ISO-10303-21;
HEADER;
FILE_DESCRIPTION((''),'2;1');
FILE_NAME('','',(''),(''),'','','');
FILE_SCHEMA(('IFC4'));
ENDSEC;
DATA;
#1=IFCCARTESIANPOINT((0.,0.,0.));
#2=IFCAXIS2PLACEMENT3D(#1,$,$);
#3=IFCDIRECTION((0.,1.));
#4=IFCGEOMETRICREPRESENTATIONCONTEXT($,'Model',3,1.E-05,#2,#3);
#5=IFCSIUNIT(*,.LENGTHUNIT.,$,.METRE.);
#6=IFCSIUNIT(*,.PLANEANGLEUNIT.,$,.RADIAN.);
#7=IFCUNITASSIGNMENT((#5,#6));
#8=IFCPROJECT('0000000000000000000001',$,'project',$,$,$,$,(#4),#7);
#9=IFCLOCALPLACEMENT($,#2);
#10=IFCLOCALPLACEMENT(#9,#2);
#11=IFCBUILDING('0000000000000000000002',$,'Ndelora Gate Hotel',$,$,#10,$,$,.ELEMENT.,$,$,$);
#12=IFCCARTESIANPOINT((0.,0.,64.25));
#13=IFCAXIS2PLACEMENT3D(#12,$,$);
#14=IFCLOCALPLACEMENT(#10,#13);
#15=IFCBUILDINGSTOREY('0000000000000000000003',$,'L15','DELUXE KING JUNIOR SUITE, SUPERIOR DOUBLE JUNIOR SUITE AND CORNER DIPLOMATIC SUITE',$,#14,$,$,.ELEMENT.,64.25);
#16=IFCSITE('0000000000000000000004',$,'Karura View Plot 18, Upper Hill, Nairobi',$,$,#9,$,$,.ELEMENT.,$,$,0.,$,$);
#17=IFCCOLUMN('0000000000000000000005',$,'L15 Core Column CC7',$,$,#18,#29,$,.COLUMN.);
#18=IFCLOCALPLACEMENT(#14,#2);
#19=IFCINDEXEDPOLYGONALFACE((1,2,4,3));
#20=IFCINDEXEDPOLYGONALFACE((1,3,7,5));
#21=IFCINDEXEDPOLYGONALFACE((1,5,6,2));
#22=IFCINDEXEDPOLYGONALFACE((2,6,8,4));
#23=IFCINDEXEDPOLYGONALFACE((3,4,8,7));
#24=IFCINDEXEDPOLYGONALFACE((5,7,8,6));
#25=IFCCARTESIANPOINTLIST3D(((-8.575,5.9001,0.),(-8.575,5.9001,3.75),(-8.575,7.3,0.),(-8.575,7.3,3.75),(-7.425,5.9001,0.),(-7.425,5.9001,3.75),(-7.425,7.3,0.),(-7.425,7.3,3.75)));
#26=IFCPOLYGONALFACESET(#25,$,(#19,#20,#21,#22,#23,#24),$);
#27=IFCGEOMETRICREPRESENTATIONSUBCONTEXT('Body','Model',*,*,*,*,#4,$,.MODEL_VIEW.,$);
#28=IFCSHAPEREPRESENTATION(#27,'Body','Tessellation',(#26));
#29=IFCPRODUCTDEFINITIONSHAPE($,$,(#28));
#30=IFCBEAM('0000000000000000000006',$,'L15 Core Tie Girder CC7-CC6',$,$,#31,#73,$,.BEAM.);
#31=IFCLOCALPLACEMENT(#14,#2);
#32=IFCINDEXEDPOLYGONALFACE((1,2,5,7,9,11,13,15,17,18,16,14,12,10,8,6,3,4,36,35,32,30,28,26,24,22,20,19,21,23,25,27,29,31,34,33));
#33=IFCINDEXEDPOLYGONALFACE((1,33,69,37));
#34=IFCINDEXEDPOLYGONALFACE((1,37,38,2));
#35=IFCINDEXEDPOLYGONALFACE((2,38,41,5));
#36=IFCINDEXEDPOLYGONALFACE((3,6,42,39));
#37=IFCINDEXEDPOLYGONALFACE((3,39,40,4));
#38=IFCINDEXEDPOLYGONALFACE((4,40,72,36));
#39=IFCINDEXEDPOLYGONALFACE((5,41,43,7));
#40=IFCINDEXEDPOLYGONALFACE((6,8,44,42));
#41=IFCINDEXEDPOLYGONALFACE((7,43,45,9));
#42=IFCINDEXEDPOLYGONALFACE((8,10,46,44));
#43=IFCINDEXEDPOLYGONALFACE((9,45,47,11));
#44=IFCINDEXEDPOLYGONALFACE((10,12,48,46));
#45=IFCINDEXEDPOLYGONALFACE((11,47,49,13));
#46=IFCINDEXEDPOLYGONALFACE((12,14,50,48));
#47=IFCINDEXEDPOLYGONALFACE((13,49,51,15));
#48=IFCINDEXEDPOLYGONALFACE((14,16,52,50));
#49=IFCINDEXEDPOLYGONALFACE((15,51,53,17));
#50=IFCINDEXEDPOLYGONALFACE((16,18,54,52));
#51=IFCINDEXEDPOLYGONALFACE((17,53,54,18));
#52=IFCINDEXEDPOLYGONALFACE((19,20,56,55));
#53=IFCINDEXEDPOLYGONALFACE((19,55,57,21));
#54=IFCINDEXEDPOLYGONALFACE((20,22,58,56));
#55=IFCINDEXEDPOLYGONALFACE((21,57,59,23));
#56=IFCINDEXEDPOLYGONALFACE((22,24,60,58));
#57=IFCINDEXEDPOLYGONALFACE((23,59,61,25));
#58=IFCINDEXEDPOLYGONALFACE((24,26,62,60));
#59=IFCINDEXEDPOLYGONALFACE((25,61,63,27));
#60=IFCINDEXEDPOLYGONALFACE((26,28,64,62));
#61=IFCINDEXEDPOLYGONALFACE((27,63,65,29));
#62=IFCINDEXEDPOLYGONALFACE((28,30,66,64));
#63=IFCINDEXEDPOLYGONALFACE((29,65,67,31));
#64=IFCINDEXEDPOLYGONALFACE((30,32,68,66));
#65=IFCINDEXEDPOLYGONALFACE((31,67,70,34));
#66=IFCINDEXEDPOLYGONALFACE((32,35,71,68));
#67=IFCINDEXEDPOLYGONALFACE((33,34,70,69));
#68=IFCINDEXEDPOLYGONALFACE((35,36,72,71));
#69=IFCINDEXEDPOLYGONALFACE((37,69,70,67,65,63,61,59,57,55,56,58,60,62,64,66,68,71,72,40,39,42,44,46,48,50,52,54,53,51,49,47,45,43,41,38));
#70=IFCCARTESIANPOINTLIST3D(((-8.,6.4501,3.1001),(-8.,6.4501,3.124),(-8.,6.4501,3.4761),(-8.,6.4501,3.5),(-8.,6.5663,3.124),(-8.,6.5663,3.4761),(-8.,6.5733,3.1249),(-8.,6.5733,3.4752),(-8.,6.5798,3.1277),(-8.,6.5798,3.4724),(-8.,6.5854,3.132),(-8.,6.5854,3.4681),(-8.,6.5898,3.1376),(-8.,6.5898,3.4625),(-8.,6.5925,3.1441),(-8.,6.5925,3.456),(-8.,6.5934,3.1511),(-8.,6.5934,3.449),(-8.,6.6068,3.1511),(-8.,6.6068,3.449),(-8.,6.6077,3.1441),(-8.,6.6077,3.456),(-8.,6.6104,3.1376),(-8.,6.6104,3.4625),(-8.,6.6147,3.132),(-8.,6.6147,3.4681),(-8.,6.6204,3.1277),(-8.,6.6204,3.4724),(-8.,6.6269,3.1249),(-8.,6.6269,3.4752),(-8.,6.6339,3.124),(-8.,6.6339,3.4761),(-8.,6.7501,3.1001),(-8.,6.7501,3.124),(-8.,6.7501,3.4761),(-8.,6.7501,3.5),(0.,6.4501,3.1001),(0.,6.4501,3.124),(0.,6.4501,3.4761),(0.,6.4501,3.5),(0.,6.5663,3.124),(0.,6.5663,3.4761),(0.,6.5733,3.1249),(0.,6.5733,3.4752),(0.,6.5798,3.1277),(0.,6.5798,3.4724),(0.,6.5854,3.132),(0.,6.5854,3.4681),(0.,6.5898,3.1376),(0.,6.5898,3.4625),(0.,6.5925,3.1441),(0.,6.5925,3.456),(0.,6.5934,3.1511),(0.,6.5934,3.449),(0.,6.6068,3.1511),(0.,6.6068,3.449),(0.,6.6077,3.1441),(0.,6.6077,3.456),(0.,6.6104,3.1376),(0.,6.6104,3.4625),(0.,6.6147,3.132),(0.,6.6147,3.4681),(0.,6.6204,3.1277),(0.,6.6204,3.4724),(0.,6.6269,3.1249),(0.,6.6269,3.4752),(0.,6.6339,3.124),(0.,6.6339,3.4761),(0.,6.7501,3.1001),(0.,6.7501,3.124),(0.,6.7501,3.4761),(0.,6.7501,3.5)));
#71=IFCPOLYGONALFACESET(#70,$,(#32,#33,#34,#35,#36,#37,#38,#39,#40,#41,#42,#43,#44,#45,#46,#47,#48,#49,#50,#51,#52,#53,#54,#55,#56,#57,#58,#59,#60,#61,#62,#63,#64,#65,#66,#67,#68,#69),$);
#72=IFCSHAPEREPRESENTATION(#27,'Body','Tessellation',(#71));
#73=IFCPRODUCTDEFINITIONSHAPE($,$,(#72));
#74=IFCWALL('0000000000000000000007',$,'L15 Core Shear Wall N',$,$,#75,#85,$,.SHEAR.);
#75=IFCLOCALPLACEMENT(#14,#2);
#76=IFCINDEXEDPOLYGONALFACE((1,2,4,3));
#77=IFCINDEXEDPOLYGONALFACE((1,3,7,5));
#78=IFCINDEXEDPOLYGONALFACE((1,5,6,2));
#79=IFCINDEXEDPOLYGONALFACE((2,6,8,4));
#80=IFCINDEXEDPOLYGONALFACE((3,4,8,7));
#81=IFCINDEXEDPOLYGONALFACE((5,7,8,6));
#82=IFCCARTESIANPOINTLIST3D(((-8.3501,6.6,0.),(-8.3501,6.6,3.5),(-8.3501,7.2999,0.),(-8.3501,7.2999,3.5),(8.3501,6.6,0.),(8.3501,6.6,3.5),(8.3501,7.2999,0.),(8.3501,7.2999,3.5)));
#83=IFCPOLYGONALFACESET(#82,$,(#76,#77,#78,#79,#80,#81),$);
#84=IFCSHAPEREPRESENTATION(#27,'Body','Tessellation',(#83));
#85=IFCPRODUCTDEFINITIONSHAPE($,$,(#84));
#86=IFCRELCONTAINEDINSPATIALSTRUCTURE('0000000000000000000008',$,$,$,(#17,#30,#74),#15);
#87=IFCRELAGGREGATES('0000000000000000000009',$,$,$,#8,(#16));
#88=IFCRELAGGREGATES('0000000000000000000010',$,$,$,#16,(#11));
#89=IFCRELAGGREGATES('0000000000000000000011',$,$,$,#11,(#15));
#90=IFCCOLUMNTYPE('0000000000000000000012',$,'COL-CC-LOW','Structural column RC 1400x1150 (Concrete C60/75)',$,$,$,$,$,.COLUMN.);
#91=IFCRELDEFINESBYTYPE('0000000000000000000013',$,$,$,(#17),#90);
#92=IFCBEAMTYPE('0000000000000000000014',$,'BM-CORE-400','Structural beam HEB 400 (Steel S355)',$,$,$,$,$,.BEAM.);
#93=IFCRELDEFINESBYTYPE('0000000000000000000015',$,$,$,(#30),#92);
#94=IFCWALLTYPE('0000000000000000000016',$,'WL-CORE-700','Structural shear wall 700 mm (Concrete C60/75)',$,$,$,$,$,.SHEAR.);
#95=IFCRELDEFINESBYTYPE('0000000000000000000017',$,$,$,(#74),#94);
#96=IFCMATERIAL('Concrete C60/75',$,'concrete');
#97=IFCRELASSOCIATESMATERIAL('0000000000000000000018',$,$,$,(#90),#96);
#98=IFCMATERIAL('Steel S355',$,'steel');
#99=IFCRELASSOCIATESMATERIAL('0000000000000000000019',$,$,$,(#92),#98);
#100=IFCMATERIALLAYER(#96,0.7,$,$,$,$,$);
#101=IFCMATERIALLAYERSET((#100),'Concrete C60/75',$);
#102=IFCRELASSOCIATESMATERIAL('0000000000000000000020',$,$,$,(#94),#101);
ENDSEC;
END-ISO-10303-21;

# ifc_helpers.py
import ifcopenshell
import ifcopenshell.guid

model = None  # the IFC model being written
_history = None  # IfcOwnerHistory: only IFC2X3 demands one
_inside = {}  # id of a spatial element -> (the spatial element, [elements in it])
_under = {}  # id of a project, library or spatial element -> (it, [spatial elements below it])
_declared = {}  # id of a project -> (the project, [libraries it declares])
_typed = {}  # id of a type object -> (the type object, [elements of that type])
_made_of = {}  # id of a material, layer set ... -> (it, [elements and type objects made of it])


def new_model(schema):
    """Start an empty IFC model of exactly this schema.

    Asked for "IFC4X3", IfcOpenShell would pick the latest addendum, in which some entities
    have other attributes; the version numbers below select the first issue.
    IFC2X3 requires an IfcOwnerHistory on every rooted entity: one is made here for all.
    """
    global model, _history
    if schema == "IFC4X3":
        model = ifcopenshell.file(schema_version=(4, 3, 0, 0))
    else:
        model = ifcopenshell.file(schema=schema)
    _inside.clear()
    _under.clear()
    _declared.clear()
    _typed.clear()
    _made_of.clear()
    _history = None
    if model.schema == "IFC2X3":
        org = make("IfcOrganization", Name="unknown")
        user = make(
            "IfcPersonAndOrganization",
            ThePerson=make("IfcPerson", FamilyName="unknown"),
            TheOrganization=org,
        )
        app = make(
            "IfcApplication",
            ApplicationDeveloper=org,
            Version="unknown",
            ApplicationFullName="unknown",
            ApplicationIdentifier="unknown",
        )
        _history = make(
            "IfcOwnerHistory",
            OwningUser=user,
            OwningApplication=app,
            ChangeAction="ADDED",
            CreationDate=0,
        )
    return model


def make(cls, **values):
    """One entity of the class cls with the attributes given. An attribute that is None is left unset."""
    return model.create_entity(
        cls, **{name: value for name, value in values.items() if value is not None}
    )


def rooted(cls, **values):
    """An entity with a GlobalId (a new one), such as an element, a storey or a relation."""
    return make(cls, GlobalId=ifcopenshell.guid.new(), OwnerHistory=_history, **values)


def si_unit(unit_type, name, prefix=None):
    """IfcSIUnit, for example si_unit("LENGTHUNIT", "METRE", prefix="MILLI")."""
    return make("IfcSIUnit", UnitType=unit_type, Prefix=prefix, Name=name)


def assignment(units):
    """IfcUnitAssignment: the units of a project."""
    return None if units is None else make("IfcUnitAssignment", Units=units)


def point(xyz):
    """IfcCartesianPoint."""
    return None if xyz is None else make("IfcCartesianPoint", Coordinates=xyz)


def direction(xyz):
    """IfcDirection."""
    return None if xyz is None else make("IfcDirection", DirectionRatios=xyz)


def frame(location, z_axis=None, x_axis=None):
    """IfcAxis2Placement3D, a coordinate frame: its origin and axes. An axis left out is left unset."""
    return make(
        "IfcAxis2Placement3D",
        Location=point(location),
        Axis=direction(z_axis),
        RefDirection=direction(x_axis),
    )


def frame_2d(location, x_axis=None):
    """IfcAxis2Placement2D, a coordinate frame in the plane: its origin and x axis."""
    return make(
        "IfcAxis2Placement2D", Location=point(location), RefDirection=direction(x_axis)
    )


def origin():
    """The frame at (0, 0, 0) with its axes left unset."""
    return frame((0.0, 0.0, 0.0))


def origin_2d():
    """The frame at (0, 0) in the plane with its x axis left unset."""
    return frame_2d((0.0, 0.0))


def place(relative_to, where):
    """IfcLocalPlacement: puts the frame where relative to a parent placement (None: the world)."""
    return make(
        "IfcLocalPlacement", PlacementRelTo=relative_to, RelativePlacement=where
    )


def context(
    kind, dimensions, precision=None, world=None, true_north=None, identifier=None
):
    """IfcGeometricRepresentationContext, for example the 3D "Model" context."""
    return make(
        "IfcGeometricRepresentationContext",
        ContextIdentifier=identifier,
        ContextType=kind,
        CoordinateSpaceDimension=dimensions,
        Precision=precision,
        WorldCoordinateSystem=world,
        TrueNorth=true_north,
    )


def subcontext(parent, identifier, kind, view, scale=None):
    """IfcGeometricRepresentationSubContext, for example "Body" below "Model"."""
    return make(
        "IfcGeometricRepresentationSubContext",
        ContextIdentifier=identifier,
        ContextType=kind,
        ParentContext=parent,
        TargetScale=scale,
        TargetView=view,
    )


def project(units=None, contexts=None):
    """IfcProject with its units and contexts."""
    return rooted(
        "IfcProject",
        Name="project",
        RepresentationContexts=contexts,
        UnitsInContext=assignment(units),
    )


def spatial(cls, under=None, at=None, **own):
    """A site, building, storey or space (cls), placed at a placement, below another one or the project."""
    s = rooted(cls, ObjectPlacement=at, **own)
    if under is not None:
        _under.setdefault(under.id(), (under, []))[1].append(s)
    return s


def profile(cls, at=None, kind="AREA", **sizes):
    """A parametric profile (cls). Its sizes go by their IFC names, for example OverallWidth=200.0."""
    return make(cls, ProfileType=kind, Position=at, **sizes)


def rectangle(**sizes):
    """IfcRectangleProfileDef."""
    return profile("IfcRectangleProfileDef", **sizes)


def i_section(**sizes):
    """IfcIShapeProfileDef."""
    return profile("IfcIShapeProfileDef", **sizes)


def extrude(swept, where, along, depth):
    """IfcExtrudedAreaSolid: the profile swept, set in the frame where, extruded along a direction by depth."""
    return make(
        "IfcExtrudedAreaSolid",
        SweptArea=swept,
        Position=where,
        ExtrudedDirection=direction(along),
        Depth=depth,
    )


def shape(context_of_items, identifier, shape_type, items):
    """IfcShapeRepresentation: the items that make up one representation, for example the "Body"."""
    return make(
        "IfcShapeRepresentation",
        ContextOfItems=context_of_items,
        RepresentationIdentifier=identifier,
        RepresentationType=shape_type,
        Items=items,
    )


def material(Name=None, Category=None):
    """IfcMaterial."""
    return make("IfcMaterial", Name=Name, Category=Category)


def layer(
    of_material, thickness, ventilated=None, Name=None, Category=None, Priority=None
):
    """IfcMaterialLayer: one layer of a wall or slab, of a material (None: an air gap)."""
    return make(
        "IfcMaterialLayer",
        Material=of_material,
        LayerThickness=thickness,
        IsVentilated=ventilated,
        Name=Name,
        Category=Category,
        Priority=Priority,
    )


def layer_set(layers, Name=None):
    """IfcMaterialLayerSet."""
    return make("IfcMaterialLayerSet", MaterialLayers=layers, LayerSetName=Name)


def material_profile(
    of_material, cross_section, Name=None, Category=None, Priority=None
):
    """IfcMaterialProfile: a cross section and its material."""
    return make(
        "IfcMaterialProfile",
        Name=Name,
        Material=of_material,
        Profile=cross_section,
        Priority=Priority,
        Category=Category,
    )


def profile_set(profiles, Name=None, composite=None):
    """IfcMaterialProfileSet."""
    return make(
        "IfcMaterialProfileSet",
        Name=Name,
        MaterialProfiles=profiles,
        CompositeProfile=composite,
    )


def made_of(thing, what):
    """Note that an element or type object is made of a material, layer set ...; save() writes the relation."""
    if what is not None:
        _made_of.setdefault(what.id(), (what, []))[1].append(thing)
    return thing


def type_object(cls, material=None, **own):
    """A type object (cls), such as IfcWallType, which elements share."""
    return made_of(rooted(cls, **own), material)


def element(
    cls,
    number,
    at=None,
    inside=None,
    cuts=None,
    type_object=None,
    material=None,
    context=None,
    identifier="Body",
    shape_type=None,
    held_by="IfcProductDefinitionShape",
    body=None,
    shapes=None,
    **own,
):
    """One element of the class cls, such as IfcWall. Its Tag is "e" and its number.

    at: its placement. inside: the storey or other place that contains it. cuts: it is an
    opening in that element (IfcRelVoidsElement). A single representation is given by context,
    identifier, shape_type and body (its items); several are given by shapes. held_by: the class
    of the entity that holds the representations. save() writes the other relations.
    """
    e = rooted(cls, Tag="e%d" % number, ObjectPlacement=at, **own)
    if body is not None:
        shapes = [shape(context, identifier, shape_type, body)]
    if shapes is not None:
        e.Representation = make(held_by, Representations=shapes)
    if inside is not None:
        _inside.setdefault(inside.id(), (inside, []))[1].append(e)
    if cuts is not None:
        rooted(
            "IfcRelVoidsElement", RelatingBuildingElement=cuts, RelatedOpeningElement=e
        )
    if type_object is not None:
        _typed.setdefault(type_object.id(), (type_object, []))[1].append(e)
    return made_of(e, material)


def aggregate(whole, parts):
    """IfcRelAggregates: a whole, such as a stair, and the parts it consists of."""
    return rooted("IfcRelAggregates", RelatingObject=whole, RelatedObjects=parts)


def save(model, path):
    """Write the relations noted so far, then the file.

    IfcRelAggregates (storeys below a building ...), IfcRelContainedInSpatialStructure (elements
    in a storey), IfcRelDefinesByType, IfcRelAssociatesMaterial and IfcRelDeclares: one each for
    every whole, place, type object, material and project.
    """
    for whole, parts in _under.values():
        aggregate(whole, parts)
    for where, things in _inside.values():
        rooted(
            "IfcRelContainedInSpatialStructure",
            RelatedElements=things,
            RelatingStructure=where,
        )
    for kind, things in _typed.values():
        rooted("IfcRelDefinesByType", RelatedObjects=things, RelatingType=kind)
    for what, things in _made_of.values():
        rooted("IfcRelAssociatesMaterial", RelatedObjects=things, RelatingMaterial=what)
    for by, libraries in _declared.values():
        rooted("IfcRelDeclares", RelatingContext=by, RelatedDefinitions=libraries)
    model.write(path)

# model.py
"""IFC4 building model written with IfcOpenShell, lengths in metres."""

from ifc_helpers import new_model, si_unit, direction, frame, frame_2d, origin, origin_2d, place, context, subcontext, project, spatial, rectangle, i_section, extrude, material, layer, layer_set, material_profile, profile_set, type_object, element, save


model = new_model("IFC4")

# Units and contexts
model_context = context("Model", 3, precision=1e-05, world=origin(), true_north=direction((0.0, 1.0)))
body_context = subcontext(model_context, "Body", "Model", "MODEL_VIEW")
ifc_project = project(units=[si_unit("LENGTHUNIT", "METRE"), si_unit("PLANEANGLEUNIT", "RADIAN")], contexts=[model_context])

# Site, building, storey
site_placement = place(None, origin())
site = spatial("IfcSite", under=ifc_project, at=site_placement, Name="Karura View Plot 18, Upper Hill, Nairobi", CompositionType="ELEMENT", RefElevation=0.0)
building_placement = place(site_placement, origin())
building = spatial("IfcBuilding", under=site, at=building_placement, Name="Ndelora Gate Hotel", CompositionType="ELEMENT")
storey_placement = place(building_placement, frame((0.0, 0.0, 64.25)))
storey = spatial("IfcBuildingStorey", under=building, at=storey_placement, Name="L15", Description="DELUXE KING JUNIOR SUITE, SUPERIOR DOUBLE JUNIOR SUITE AND CORNER DIPLOMATIC SUITE", CompositionType="ELEMENT", Elevation=64.25)

# Column
ifc_material_1 = material(Name="Concrete C60/75", Category="concrete")
ifc_material_profile_1 = material_profile(ifc_material_1, rectangle(XDim=1.1499, YDim=1.3999, at=origin_2d()), Name="RC 1400x1150")
ifc_profile_set_1 = profile_set([ifc_material_profile_1], Name="Concrete C60/75")
column_type = type_object("IfcColumnType", Name="COL-CC-LOW", Description="Structural column RC 1400x1150 (Concrete C60/75)", PredefinedType="COLUMN", material=ifc_profile_set_1)
column_placement = place(storey_placement, frame((-8.0, 6.6001, 0.0), z_axis=(0.0, 0.0, 1.0), x_axis=(1.0, 0.0, 0.0)))
element("IfcColumn", 1, at=column_placement, inside=storey, type_object=column_type, Name="L15 Core Column CC7", PredefinedType="COLUMN", context=body_context, shape_type="SweptSolid", body=[
    extrude(rectangle(XDim=1.1499, YDim=1.3999, at=origin_2d()), origin(), (0.0, 0.0, 1.0), 3.75),
])

# Beam
ifc_material_2 = material(Name="Steel S355", Category="steel")
ifc_material_profile_2 = material_profile(ifc_material_2, i_section(OverallWidth=0.3, OverallDepth=0.3999, WebThickness=0.0134, FlangeThickness=0.0239, FilletRadius=0.0271, at=origin_2d()), Name="HEB 400")
ifc_profile_set_2 = profile_set([ifc_material_profile_2], Name="Steel S355")
beam_type = type_object("IfcBeamType", Name="BM-CORE-400", Description="Structural beam HEB 400 (Steel S355)", PredefinedType="BEAM", material=ifc_profile_set_2)
beam_placement = place(storey_placement, frame((-8.0, 6.6001, 3.3), z_axis=(1.0, 0.0, 0.0), x_axis=(0.0, 1.0, 0.0)))
element("IfcBeam", 2, at=beam_placement, inside=storey, type_object=beam_type, Name="L15 Core Tie Girder CC7-CC6", PredefinedType="BEAM", context=body_context, shape_type="SweptSolid", body=[
    extrude(i_section(OverallWidth=0.3, OverallDepth=0.3999, WebThickness=0.0134, FlangeThickness=0.0239, FilletRadius=0.0271, at=origin_2d()), origin(), (0.0, 0.0, 1.0), 8.0),
])

# Wall
ifc_layer_1 = layer(ifc_material_1, 0.7)
ifc_layer_set_1 = layer_set([ifc_layer_1], Name="Concrete C60/75")
wall_type_1 = type_object("IfcWallType", Name="WL-CORE-700", Description="Structural shear wall 700 mm (Concrete C60/75)", PredefinedType="SHEAR", material=ifc_layer_set_1)
wall_1_placement = place(storey_placement, frame((-8.3501, 6.95, 0.0), z_axis=(0.0, 0.0, 1.0), x_axis=(1.0, 0.0, 0.0)))
element("IfcWall", 3, at=wall_1_placement, inside=storey, type_object=wall_type_1, Name="L15 Core Shear Wall N", PredefinedType="SHEAR", context=body_context, shape_type="SweptSolid", body=[
    extrude(rectangle(XDim=16.7002, YDim=0.7, at=frame_2d((8.3501, 0.0))), origin(), (0.0, 0.0, 1.0), 3.5),
])

save(model, "model.ifc")
